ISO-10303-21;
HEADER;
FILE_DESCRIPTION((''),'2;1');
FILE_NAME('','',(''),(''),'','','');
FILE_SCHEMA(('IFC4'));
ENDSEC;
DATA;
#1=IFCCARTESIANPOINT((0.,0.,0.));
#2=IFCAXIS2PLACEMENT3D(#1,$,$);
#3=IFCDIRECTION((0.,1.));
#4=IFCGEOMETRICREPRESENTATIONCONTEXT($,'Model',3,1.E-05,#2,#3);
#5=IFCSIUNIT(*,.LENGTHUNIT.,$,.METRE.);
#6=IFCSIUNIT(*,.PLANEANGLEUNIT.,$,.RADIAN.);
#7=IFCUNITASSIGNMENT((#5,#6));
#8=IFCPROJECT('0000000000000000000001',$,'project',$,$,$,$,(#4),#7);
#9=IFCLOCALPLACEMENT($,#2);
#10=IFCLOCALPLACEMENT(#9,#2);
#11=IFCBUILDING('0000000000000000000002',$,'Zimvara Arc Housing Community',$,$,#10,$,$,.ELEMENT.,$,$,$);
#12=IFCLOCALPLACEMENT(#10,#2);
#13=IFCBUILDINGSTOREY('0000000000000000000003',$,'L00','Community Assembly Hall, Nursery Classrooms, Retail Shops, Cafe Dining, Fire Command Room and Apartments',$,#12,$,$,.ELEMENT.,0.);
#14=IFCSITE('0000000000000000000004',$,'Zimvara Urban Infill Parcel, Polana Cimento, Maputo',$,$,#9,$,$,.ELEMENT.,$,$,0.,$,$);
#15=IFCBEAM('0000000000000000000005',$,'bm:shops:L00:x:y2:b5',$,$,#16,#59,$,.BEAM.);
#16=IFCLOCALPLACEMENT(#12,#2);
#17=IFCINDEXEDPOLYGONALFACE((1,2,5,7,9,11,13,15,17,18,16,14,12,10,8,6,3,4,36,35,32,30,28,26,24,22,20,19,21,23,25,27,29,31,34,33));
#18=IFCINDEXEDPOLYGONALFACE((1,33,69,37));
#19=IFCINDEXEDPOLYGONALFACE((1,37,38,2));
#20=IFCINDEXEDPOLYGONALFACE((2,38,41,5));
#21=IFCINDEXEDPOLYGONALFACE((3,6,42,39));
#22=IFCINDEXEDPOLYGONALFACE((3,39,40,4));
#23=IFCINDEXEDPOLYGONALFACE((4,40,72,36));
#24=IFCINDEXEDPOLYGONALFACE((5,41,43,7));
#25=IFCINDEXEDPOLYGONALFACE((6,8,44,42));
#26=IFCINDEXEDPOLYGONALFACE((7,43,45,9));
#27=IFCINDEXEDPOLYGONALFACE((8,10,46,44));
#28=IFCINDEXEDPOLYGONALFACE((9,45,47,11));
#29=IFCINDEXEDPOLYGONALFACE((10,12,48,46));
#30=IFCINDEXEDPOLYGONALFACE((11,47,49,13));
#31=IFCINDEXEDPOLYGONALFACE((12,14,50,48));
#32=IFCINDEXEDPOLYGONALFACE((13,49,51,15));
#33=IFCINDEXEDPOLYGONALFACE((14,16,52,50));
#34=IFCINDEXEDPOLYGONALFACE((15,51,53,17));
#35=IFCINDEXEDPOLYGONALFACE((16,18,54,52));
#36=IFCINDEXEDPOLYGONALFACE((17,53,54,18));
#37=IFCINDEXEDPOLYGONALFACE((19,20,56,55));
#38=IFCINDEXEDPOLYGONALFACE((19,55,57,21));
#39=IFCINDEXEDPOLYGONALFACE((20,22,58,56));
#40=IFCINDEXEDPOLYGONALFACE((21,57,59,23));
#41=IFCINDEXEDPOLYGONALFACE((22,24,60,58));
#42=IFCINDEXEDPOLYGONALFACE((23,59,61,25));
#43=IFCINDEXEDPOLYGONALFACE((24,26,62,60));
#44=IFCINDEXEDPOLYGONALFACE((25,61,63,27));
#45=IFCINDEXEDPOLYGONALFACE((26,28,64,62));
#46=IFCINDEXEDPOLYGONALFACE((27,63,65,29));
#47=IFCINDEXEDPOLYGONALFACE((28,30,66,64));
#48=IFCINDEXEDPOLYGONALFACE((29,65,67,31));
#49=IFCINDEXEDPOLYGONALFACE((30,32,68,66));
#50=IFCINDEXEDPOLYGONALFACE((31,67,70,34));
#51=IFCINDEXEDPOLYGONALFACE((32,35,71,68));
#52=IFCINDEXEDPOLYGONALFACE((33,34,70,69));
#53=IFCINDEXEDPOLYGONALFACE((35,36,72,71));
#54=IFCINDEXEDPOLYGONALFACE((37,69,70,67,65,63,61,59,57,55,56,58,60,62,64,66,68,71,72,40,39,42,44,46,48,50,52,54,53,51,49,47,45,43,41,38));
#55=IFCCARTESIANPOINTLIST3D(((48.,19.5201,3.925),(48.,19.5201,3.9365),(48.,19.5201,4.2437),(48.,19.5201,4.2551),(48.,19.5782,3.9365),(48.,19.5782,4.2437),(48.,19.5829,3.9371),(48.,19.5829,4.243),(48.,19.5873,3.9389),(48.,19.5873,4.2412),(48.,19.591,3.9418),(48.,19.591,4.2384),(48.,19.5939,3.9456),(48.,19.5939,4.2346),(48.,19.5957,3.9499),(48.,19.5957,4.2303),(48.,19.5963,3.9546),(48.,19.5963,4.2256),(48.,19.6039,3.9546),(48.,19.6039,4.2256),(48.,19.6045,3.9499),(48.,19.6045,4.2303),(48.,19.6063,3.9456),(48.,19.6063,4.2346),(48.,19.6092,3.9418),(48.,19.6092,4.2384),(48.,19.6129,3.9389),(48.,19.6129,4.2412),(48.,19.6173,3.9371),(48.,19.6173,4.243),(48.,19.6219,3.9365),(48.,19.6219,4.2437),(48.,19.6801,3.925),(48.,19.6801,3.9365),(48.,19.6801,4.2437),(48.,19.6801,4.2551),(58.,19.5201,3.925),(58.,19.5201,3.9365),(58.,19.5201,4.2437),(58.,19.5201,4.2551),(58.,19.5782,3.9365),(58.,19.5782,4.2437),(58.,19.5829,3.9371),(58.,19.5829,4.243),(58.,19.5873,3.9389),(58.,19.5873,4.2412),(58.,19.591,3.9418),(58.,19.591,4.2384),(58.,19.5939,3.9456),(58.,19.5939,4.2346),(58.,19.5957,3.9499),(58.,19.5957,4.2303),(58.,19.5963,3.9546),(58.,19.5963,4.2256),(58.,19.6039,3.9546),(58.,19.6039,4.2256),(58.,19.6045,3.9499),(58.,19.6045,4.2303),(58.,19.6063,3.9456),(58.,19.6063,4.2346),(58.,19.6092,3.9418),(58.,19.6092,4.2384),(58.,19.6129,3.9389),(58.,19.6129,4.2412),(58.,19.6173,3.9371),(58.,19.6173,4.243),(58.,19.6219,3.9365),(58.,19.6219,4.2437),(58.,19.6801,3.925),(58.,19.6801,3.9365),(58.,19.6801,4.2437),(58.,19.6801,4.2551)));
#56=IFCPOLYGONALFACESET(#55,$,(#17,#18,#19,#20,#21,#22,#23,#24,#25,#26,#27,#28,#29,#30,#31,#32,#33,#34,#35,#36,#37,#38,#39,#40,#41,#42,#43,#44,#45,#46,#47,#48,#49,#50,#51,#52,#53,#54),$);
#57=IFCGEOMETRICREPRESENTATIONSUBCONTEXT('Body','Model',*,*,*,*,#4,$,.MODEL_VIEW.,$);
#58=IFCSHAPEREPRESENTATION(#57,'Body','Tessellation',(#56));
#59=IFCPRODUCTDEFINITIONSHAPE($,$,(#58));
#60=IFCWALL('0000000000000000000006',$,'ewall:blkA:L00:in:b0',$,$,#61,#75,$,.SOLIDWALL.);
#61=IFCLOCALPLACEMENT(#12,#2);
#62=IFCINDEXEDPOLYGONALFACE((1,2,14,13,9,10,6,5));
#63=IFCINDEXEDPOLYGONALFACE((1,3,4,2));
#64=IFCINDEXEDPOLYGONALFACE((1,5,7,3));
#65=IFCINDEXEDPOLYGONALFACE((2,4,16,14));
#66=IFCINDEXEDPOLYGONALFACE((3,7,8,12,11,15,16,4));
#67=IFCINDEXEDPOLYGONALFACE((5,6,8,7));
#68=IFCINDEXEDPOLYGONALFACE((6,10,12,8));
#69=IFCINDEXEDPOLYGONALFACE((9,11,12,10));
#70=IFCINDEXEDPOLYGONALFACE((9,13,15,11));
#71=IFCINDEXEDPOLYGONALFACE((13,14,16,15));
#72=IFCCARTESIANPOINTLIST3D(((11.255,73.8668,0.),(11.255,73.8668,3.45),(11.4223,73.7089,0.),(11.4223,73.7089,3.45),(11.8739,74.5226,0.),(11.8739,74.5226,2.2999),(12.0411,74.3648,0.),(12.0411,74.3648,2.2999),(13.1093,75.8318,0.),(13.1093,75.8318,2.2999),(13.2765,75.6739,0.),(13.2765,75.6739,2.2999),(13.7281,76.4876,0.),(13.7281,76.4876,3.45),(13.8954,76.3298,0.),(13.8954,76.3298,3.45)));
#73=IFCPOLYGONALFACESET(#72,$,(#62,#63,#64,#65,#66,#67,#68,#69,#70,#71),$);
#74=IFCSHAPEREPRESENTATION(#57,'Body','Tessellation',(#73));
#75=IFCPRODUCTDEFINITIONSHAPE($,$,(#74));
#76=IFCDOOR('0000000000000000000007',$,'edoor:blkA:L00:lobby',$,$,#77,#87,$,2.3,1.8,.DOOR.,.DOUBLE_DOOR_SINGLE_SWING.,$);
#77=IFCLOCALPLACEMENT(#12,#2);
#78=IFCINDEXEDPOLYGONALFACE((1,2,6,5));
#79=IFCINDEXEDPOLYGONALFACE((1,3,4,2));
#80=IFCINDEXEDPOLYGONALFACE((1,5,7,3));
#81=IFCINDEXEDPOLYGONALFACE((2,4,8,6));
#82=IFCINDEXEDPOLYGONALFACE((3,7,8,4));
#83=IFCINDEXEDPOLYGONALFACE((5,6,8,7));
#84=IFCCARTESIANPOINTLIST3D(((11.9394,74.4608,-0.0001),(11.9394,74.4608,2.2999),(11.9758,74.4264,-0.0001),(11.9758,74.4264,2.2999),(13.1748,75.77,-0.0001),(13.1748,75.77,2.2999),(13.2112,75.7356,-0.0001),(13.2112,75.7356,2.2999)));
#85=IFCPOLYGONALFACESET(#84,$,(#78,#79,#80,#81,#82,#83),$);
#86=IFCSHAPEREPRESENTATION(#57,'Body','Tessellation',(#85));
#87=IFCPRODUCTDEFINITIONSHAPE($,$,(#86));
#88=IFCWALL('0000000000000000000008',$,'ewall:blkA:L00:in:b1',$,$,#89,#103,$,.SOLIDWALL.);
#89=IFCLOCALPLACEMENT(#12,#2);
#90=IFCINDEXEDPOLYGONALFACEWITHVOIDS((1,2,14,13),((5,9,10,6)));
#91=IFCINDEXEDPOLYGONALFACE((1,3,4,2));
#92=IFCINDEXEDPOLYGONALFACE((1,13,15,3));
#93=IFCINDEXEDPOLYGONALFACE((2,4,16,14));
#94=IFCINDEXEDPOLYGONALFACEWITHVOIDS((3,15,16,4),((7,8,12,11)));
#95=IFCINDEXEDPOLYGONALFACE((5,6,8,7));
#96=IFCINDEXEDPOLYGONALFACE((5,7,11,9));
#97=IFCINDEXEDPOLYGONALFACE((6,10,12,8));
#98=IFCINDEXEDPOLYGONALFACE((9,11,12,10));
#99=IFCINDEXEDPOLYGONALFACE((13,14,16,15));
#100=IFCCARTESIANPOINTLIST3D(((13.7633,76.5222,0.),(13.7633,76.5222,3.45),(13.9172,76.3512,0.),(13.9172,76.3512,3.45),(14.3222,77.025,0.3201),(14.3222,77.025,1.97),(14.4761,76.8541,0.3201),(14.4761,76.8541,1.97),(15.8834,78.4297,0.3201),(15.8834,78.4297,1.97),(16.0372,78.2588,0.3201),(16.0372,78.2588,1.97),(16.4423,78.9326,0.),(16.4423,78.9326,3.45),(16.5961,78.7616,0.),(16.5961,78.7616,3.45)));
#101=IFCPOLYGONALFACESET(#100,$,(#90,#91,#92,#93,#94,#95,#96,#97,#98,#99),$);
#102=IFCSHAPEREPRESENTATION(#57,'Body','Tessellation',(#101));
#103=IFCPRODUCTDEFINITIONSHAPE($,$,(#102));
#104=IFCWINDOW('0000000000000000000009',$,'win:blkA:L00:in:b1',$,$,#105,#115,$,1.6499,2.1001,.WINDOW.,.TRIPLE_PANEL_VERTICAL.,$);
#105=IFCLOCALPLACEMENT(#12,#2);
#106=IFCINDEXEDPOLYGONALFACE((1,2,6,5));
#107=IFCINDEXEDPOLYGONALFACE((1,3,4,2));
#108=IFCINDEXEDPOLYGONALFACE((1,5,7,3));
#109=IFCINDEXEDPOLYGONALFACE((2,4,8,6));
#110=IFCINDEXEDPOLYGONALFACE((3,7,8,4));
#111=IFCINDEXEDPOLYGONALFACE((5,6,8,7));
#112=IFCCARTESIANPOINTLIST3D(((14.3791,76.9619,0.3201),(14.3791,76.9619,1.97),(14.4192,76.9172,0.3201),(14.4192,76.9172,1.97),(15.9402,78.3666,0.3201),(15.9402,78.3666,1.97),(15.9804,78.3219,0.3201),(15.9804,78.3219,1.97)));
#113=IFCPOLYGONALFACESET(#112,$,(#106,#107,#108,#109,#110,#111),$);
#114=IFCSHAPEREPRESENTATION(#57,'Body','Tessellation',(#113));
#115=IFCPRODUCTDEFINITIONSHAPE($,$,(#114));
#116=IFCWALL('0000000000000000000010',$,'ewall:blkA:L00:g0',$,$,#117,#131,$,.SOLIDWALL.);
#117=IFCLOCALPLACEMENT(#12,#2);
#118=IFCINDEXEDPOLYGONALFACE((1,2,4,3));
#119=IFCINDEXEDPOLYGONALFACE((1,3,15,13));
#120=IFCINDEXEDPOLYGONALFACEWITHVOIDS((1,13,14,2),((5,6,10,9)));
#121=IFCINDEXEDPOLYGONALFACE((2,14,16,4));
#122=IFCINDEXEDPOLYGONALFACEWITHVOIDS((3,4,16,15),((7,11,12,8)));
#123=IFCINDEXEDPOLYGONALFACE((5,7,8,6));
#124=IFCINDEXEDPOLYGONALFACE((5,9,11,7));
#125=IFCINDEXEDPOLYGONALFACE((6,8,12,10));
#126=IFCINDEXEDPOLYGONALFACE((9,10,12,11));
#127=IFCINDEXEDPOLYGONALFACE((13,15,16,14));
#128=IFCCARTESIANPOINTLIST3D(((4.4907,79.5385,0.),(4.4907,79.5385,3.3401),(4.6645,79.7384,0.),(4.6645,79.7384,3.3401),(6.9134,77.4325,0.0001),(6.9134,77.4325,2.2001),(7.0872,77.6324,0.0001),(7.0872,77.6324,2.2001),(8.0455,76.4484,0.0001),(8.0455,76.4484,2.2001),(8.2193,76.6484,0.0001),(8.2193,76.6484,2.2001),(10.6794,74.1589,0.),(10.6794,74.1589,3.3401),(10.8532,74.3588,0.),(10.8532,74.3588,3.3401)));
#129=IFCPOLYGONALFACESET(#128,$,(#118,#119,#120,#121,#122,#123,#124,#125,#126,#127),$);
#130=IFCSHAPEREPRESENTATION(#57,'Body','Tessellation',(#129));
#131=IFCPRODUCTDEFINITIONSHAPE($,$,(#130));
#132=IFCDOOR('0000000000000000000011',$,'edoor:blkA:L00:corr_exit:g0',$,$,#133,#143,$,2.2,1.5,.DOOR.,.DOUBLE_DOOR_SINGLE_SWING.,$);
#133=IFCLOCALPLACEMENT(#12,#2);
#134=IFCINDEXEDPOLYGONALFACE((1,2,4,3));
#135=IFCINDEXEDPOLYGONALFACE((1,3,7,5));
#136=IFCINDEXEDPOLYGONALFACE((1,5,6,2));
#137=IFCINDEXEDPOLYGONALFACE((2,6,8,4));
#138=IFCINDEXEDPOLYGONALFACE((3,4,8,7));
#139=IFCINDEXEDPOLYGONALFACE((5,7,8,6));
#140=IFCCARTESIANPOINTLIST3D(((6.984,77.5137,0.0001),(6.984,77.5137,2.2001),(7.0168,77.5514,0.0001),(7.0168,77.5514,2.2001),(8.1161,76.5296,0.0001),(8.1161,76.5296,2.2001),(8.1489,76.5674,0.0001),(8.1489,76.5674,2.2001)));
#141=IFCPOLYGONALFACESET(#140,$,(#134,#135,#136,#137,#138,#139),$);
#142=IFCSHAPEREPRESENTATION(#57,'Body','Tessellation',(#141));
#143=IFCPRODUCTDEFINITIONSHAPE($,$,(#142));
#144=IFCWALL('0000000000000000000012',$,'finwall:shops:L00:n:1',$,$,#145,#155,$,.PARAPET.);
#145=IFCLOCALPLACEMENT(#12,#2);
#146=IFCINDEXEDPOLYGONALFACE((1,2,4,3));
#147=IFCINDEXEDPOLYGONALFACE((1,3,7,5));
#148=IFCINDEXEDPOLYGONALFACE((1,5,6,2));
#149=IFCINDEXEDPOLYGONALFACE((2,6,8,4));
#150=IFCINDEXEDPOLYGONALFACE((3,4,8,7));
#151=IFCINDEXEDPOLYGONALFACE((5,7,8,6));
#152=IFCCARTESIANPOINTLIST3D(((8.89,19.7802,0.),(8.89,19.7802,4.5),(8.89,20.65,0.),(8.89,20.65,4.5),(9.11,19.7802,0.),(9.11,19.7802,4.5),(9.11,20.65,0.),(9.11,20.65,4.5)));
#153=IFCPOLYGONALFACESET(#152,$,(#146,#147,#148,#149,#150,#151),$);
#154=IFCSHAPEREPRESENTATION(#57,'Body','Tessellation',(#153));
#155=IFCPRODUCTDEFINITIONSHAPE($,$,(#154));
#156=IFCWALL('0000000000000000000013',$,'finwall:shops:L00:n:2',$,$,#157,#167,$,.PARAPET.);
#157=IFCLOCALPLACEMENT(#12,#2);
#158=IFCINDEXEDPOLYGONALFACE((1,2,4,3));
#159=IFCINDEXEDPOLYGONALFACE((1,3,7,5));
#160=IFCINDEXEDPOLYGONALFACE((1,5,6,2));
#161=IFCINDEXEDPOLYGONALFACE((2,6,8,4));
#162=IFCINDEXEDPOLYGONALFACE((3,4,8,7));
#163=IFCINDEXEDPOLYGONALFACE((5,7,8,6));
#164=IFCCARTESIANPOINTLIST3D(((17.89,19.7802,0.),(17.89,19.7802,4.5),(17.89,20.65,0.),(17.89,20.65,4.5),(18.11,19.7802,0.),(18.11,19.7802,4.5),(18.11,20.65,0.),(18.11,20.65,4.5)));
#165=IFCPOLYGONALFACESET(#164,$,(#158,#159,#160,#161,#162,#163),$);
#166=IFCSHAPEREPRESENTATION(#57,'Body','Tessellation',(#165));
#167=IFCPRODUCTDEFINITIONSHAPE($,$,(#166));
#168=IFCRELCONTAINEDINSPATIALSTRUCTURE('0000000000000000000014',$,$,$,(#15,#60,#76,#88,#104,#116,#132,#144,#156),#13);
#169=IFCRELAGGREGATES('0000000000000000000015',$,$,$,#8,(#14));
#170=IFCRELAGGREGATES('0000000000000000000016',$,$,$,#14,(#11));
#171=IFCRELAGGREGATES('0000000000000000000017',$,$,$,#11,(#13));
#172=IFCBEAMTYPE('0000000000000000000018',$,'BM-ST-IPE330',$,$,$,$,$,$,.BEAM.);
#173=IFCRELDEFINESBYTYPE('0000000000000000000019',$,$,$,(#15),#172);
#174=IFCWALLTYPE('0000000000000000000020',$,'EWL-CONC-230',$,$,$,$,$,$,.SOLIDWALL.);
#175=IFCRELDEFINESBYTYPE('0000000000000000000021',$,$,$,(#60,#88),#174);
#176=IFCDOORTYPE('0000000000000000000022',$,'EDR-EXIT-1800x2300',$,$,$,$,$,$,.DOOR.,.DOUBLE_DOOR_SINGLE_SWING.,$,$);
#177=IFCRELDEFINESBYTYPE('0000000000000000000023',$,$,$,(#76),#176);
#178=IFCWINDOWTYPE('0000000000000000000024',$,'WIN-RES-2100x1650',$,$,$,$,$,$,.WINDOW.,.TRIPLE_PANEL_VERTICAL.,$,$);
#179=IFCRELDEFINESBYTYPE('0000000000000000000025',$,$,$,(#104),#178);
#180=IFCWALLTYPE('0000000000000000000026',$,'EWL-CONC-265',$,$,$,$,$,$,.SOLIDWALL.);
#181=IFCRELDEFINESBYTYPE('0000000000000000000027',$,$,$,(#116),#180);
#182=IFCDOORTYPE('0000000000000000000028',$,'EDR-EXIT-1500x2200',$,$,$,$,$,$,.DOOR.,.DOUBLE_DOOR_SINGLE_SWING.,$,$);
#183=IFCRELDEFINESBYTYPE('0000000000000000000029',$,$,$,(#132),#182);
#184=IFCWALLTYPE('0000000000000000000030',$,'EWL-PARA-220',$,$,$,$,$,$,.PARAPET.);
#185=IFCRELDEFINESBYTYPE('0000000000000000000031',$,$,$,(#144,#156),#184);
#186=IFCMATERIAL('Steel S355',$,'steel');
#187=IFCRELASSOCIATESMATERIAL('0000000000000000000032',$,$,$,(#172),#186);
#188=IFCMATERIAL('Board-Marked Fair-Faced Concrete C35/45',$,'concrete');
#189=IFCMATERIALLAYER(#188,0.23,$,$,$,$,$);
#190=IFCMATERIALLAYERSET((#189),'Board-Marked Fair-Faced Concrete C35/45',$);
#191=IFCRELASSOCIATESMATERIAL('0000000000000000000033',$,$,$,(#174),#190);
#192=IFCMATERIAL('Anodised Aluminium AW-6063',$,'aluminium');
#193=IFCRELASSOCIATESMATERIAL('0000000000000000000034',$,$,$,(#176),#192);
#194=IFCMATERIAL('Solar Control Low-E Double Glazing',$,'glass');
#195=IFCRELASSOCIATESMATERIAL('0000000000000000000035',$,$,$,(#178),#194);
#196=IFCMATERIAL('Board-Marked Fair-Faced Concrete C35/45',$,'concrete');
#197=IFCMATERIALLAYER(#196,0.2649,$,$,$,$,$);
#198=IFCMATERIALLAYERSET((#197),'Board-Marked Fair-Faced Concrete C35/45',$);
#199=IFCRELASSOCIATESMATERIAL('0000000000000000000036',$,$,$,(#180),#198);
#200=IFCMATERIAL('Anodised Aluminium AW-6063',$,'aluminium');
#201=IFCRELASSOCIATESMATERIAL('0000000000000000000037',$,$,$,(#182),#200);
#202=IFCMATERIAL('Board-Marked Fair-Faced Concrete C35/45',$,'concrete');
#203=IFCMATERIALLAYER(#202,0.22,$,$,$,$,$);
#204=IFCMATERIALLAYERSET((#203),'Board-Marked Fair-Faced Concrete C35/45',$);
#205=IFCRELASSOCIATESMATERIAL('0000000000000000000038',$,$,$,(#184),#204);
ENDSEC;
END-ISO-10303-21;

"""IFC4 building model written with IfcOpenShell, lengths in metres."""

from ifc_helpers import new_model, si_unit, direction, frame, frame_2d, origin, origin_2d, place, context, subcontext, project, spatial, rectangle, i_section, extrude, material, layer, layer_set, material_profile, profile_set, type_object, element, fill, save


model = new_model("IFC4")

# Units and contexts
model_context = context("Model", 3, precision=1e-05, world=origin(), true_north=direction((0.0, 1.0)))
body_context = subcontext(model_context, "Body", "Model", "MODEL_VIEW")
ifc_project = project(units=[si_unit("LENGTHUNIT", "METRE"), si_unit("PLANEANGLEUNIT", "RADIAN")], contexts=[model_context])

# Site, building, storey
site_placement = place(None, origin())
site = spatial("IfcSite", under=ifc_project, at=site_placement, Name="Zimvara Urban Infill Parcel, Polana Cimento, Maputo", CompositionType="ELEMENT", RefElevation=0.0)
building_placement = place(site_placement, origin())
building = spatial("IfcBuilding", under=site, at=building_placement, Name="Zimvara Arc Housing Community", CompositionType="ELEMENT")
storey_placement = place(building_placement, origin())
storey = spatial("IfcBuildingStorey", under=building, at=storey_placement, Name="L00", Description="Community Assembly Hall, Nursery Classrooms, Retail Shops, Cafe Dining, Fire Command Room and Apartments", CompositionType="ELEMENT", Elevation=0.0)

# Beam
ifc_material_1 = material(Name="Steel S355", Category="steel")
ifc_material_profile_1 = material_profile(ifc_material_1, i_section(OverallWidth=0.1599, OverallDepth=0.3301, WebThickness=0.0076, FlangeThickness=0.0115, FilletRadius=0.0181, at=origin_2d()), Name="IPE 330")
ifc_profile_set_1 = profile_set([ifc_material_profile_1], Name="Steel S355")
beam_type_1 = type_object("IfcBeamType", Name="BM-ST-IPE330", PredefinedType="BEAM", material=ifc_profile_set_1)
for number, where, z_axis, x_axis, name in (
    (1, (48.0, 19.6001, 4.0901), (1.0, 0.0, 0.0), (0.0, 1.0, 0.0), "bm:shops:L00:x:y2:b5"),
):
    element("IfcBeam", number, at=place(storey_placement, frame(where, z_axis=z_axis, x_axis=x_axis)), inside=storey, type_object=beam_type_1, Name=name, PredefinedType="BEAM", context=body_context, shape_type="SweptSolid", body=[
        extrude(i_section(OverallWidth=0.1599, OverallDepth=0.3301, WebThickness=0.0076, FlangeThickness=0.0115, FilletRadius=0.0181, at=origin_2d()), origin(), (0.0, 0.0, 1.0), 10.0),
    ])

# Wall, opening, door
ifc_material_2 = material(Name="Board-Marked Fair-Faced Concrete C35/45", Category="concrete")
ifc_layer_1 = layer(ifc_material_2, 0.23)
ifc_layer_set_1 = layer_set([ifc_layer_1], Name="Board-Marked Fair-Faced Concrete C35/45")
wall_type_1 = type_object("IfcWallType", Name="EWL-CONC-230", PredefinedType="SOLIDWALL", material=ifc_layer_set_1)
wall_1_placement = place(storey_placement, frame((11.3386, 73.7878, 0.0), z_axis=(0.0, 0.0, 1.0), x_axis=(0.686315, 0.727304, 0.0)))
wall_1 = element("IfcWall", 2, at=wall_1_placement, inside=storey, type_object=wall_type_1, Name="ewall:blkA:L00:in:b0", PredefinedType="SOLIDWALL", context=body_context, shape_type="SweptSolid", body=[
    extrude(rectangle(XDim=3.6035, YDim=0.23, at=frame_2d((1.8018, 0.0))), origin(), (0.0, 0.0, 1.0), 3.45),
])
opening_1_placement = place(wall_1_placement, frame((0.9019, 0.0, 0.0)))
opening_1 = element("IfcOpeningElement", 3, at=opening_1_placement, cuts=wall_1, PredefinedType="OPENING", context=body_context, shape_type="SweptSolid", body=[
    extrude(rectangle(XDim=1.8, YDim=2.3, at=frame_2d((0.8999, 1.1499))), frame((0.0, 0.125, 0.0), z_axis=(0.0, -1.0, 0.0), x_axis=(1.0, 0.0, 0.0)), (0.0, 0.0, 1.0), 0.25),
])
ifc_material_3 = material(Name="Anodised Aluminium AW-6063", Category="aluminium")
door_type_1 = type_object("IfcDoorType", Name="EDR-EXIT-1800x2300", OperationType="DOUBLE_DOOR_SINGLE_SWING", PredefinedType="DOOR", material=ifc_material_3)
door_1_placement = place(opening_1_placement, origin())
door_1 = element("IfcDoor", 4, at=door_1_placement, inside=storey, type_object=door_type_1, Name="edoor:blkA:L00:lobby", OperationType="DOUBLE_DOOR_SINGLE_SWING", OverallHeight=2.3, OverallWidth=1.8, PredefinedType="DOOR", context=body_context, shape_type="SweptSolid", body=[
    extrude(rectangle(XDim=1.8, YDim=2.3, at=frame_2d((0.8999, 1.1499))), frame((0.0, 0.0249, 0.0), z_axis=(0.0, -1.0, 0.0), x_axis=(1.0, 0.0, 0.0)), (0.0, 0.0, 1.0), 0.05),
])
fill(opening_1, door_1)

# Wall, opening, window
wall_2_placement = place(storey_placement, frame((13.8403, 76.4368, 0.0), z_axis=(0.0, 0.0, 1.0), x_axis=(0.743385, 0.668864, 0.0)))
wall_2 = element("IfcWall", 5, at=wall_2_placement, inside=storey, type_object=wall_type_1, Name="ewall:blkA:L00:in:b1", PredefinedType="SOLIDWALL", context=body_context, shape_type="SweptSolid", body=[
    extrude(rectangle(XDim=3.6038, YDim=0.23, at=frame_2d((1.8018, 0.0))), origin(), (0.0, 0.0, 1.0), 3.45),
])
opening_2_placement = place(wall_2_placement, frame((0.7517, 0.0, 0.3201)))
opening_2 = element("IfcOpeningElement", 6, at=opening_2_placement, cuts=wall_2, PredefinedType="OPENING", context=body_context, shape_type="SweptSolid", body=[
    extrude(rectangle(XDim=2.1001, YDim=1.6499, at=frame_2d((1.05, 0.825))), frame((0.0, 0.125, 0.0), z_axis=(0.0, -1.0, 0.0), x_axis=(1.0, 0.0, 0.0)), (0.0, 0.0, 1.0), 0.25),
])
ifc_material_4 = material(Name="Solar Control Low-E Double Glazing", Category="glass")
window_type_1 = type_object("IfcWindowType", Name="WIN-RES-2100x1650", PartitioningType="TRIPLE_PANEL_VERTICAL", PredefinedType="WINDOW", material=ifc_material_4)
window_1_placement = place(opening_2_placement, origin())
window_1 = element("IfcWindow", 7, at=window_1_placement, inside=storey, type_object=window_type_1, Name="win:blkA:L00:in:b1", OverallHeight=1.6499, OverallWidth=2.1001, PartitioningType="TRIPLE_PANEL_VERTICAL", PredefinedType="WINDOW", context=body_context, shape_type="SweptSolid", body=[
    extrude(rectangle(XDim=2.1001, YDim=1.6499, at=frame_2d((1.05, 0.825))), frame((0.0, 0.03, 0.0), z_axis=(0.0, -1.0, 0.0), x_axis=(1.0, 0.0, 0.0)), (0.0, 0.0, 1.0), 0.0601),
])
fill(opening_2, window_1)

# Wall, opening, door
ifc_material_5 = material(Name="Board-Marked Fair-Faced Concrete C35/45", Category="concrete")
ifc_layer_2 = layer(ifc_material_5, 0.2649)
ifc_layer_set_2 = layer_set([ifc_layer_2], Name="Board-Marked Fair-Faced Concrete C35/45")
wall_type_2 = type_object("IfcWallType", Name="EWL-CONC-265", PredefinedType="SOLIDWALL", material=ifc_layer_set_2)
wall_3_placement = place(storey_placement, frame((10.7664, 74.2588, 0.0), z_axis=(0.0, 0.0, 1.0), x_axis=(-0.754718, 0.65605, 0.0)))
wall_3 = element("IfcWall", 8, at=wall_3_placement, inside=storey, type_object=wall_type_2, Name="ewall:blkA:L00:g0", PredefinedType="SOLIDWALL", context=body_context, shape_type="SweptSolid", body=[
    extrude(rectangle(XDim=8.2, YDim=0.2649, at=frame_2d((4.1001, 0.0))), origin(), (0.0, 0.0, 1.0), 3.3401),
])
opening_3_placement = place(wall_3_placement, frame((3.49, 0.0, 0.0)))
opening_3 = element("IfcOpeningElement", 9, at=opening_3_placement, cuts=wall_3, PredefinedType="OPENING", context=body_context, shape_type="SweptSolid", body=[
    extrude(rectangle(XDim=1.5, YDim=2.2, at=frame_2d((0.75, 1.1001))), frame((0.0, 0.1423, 0.0), z_axis=(0.0, -1.0, 0.0), x_axis=(1.0, 0.0, 0.0)), (0.0, 0.0, 1.0), 0.2849),
])
ifc_material_6 = material(Name="Anodised Aluminium AW-6063", Category="aluminium")
door_type_2 = type_object("IfcDoorType", Name="EDR-EXIT-1500x2200", OperationType="DOUBLE_DOOR_SINGLE_SWING", PredefinedType="DOOR", material=ifc_material_6)
door_2_placement = place(opening_3_placement, origin())
door_2 = element("IfcDoor", 10, at=door_2_placement, inside=storey, type_object=door_type_2, Name="edoor:blkA:L00:corr_exit:g0", OperationType="DOUBLE_DOOR_SINGLE_SWING", OverallHeight=2.2, OverallWidth=1.5, PredefinedType="DOOR", context=body_context, shape_type="SweptSolid", body=[
    extrude(rectangle(XDim=1.5, YDim=2.2, at=frame_2d((0.75, 1.1001))), frame((0.0, 0.0249, 0.0), z_axis=(0.0, -1.0, 0.0), x_axis=(1.0, 0.0, 0.0)), (0.0, 0.0, 1.0), 0.05),
])
fill(opening_3, door_2)

# Walls
ifc_material_7 = material(Name="Board-Marked Fair-Faced Concrete C35/45", Category="concrete")
ifc_layer_3 = layer(ifc_material_7, 0.22)
ifc_layer_set_3 = layer_set([ifc_layer_3], Name="Board-Marked Fair-Faced Concrete C35/45")
wall_type_3 = type_object("IfcWallType", Name="EWL-PARA-220", PredefinedType="PARAPET", material=ifc_layer_set_3)
for number, where, z_axis, x_axis, name in (
    (11, (9.0, 19.78, 0.0), (0.0, 0.0, 1.0), (0.0, 1.0, 0.0), "finwall:shops:L00:n:1"),
    (12, (18.0, 19.78, 0.0), (0.0, 0.0, 1.0), (0.0, 1.0, 0.0), "finwall:shops:L00:n:2"),
):
    element("IfcWall", number, at=place(storey_placement, frame(where, z_axis=z_axis, x_axis=x_axis)), inside=storey, type_object=wall_type_3, Name=name, PredefinedType="PARAPET", context=body_context, shape_type="SweptSolid", body=[
        extrude(rectangle(XDim=0.8699, YDim=0.22, at=frame_2d((0.4351, 0.0))), origin(), (0.0, 0.0, 1.0), 4.5),
    ])

save(model, "model.ifc")
